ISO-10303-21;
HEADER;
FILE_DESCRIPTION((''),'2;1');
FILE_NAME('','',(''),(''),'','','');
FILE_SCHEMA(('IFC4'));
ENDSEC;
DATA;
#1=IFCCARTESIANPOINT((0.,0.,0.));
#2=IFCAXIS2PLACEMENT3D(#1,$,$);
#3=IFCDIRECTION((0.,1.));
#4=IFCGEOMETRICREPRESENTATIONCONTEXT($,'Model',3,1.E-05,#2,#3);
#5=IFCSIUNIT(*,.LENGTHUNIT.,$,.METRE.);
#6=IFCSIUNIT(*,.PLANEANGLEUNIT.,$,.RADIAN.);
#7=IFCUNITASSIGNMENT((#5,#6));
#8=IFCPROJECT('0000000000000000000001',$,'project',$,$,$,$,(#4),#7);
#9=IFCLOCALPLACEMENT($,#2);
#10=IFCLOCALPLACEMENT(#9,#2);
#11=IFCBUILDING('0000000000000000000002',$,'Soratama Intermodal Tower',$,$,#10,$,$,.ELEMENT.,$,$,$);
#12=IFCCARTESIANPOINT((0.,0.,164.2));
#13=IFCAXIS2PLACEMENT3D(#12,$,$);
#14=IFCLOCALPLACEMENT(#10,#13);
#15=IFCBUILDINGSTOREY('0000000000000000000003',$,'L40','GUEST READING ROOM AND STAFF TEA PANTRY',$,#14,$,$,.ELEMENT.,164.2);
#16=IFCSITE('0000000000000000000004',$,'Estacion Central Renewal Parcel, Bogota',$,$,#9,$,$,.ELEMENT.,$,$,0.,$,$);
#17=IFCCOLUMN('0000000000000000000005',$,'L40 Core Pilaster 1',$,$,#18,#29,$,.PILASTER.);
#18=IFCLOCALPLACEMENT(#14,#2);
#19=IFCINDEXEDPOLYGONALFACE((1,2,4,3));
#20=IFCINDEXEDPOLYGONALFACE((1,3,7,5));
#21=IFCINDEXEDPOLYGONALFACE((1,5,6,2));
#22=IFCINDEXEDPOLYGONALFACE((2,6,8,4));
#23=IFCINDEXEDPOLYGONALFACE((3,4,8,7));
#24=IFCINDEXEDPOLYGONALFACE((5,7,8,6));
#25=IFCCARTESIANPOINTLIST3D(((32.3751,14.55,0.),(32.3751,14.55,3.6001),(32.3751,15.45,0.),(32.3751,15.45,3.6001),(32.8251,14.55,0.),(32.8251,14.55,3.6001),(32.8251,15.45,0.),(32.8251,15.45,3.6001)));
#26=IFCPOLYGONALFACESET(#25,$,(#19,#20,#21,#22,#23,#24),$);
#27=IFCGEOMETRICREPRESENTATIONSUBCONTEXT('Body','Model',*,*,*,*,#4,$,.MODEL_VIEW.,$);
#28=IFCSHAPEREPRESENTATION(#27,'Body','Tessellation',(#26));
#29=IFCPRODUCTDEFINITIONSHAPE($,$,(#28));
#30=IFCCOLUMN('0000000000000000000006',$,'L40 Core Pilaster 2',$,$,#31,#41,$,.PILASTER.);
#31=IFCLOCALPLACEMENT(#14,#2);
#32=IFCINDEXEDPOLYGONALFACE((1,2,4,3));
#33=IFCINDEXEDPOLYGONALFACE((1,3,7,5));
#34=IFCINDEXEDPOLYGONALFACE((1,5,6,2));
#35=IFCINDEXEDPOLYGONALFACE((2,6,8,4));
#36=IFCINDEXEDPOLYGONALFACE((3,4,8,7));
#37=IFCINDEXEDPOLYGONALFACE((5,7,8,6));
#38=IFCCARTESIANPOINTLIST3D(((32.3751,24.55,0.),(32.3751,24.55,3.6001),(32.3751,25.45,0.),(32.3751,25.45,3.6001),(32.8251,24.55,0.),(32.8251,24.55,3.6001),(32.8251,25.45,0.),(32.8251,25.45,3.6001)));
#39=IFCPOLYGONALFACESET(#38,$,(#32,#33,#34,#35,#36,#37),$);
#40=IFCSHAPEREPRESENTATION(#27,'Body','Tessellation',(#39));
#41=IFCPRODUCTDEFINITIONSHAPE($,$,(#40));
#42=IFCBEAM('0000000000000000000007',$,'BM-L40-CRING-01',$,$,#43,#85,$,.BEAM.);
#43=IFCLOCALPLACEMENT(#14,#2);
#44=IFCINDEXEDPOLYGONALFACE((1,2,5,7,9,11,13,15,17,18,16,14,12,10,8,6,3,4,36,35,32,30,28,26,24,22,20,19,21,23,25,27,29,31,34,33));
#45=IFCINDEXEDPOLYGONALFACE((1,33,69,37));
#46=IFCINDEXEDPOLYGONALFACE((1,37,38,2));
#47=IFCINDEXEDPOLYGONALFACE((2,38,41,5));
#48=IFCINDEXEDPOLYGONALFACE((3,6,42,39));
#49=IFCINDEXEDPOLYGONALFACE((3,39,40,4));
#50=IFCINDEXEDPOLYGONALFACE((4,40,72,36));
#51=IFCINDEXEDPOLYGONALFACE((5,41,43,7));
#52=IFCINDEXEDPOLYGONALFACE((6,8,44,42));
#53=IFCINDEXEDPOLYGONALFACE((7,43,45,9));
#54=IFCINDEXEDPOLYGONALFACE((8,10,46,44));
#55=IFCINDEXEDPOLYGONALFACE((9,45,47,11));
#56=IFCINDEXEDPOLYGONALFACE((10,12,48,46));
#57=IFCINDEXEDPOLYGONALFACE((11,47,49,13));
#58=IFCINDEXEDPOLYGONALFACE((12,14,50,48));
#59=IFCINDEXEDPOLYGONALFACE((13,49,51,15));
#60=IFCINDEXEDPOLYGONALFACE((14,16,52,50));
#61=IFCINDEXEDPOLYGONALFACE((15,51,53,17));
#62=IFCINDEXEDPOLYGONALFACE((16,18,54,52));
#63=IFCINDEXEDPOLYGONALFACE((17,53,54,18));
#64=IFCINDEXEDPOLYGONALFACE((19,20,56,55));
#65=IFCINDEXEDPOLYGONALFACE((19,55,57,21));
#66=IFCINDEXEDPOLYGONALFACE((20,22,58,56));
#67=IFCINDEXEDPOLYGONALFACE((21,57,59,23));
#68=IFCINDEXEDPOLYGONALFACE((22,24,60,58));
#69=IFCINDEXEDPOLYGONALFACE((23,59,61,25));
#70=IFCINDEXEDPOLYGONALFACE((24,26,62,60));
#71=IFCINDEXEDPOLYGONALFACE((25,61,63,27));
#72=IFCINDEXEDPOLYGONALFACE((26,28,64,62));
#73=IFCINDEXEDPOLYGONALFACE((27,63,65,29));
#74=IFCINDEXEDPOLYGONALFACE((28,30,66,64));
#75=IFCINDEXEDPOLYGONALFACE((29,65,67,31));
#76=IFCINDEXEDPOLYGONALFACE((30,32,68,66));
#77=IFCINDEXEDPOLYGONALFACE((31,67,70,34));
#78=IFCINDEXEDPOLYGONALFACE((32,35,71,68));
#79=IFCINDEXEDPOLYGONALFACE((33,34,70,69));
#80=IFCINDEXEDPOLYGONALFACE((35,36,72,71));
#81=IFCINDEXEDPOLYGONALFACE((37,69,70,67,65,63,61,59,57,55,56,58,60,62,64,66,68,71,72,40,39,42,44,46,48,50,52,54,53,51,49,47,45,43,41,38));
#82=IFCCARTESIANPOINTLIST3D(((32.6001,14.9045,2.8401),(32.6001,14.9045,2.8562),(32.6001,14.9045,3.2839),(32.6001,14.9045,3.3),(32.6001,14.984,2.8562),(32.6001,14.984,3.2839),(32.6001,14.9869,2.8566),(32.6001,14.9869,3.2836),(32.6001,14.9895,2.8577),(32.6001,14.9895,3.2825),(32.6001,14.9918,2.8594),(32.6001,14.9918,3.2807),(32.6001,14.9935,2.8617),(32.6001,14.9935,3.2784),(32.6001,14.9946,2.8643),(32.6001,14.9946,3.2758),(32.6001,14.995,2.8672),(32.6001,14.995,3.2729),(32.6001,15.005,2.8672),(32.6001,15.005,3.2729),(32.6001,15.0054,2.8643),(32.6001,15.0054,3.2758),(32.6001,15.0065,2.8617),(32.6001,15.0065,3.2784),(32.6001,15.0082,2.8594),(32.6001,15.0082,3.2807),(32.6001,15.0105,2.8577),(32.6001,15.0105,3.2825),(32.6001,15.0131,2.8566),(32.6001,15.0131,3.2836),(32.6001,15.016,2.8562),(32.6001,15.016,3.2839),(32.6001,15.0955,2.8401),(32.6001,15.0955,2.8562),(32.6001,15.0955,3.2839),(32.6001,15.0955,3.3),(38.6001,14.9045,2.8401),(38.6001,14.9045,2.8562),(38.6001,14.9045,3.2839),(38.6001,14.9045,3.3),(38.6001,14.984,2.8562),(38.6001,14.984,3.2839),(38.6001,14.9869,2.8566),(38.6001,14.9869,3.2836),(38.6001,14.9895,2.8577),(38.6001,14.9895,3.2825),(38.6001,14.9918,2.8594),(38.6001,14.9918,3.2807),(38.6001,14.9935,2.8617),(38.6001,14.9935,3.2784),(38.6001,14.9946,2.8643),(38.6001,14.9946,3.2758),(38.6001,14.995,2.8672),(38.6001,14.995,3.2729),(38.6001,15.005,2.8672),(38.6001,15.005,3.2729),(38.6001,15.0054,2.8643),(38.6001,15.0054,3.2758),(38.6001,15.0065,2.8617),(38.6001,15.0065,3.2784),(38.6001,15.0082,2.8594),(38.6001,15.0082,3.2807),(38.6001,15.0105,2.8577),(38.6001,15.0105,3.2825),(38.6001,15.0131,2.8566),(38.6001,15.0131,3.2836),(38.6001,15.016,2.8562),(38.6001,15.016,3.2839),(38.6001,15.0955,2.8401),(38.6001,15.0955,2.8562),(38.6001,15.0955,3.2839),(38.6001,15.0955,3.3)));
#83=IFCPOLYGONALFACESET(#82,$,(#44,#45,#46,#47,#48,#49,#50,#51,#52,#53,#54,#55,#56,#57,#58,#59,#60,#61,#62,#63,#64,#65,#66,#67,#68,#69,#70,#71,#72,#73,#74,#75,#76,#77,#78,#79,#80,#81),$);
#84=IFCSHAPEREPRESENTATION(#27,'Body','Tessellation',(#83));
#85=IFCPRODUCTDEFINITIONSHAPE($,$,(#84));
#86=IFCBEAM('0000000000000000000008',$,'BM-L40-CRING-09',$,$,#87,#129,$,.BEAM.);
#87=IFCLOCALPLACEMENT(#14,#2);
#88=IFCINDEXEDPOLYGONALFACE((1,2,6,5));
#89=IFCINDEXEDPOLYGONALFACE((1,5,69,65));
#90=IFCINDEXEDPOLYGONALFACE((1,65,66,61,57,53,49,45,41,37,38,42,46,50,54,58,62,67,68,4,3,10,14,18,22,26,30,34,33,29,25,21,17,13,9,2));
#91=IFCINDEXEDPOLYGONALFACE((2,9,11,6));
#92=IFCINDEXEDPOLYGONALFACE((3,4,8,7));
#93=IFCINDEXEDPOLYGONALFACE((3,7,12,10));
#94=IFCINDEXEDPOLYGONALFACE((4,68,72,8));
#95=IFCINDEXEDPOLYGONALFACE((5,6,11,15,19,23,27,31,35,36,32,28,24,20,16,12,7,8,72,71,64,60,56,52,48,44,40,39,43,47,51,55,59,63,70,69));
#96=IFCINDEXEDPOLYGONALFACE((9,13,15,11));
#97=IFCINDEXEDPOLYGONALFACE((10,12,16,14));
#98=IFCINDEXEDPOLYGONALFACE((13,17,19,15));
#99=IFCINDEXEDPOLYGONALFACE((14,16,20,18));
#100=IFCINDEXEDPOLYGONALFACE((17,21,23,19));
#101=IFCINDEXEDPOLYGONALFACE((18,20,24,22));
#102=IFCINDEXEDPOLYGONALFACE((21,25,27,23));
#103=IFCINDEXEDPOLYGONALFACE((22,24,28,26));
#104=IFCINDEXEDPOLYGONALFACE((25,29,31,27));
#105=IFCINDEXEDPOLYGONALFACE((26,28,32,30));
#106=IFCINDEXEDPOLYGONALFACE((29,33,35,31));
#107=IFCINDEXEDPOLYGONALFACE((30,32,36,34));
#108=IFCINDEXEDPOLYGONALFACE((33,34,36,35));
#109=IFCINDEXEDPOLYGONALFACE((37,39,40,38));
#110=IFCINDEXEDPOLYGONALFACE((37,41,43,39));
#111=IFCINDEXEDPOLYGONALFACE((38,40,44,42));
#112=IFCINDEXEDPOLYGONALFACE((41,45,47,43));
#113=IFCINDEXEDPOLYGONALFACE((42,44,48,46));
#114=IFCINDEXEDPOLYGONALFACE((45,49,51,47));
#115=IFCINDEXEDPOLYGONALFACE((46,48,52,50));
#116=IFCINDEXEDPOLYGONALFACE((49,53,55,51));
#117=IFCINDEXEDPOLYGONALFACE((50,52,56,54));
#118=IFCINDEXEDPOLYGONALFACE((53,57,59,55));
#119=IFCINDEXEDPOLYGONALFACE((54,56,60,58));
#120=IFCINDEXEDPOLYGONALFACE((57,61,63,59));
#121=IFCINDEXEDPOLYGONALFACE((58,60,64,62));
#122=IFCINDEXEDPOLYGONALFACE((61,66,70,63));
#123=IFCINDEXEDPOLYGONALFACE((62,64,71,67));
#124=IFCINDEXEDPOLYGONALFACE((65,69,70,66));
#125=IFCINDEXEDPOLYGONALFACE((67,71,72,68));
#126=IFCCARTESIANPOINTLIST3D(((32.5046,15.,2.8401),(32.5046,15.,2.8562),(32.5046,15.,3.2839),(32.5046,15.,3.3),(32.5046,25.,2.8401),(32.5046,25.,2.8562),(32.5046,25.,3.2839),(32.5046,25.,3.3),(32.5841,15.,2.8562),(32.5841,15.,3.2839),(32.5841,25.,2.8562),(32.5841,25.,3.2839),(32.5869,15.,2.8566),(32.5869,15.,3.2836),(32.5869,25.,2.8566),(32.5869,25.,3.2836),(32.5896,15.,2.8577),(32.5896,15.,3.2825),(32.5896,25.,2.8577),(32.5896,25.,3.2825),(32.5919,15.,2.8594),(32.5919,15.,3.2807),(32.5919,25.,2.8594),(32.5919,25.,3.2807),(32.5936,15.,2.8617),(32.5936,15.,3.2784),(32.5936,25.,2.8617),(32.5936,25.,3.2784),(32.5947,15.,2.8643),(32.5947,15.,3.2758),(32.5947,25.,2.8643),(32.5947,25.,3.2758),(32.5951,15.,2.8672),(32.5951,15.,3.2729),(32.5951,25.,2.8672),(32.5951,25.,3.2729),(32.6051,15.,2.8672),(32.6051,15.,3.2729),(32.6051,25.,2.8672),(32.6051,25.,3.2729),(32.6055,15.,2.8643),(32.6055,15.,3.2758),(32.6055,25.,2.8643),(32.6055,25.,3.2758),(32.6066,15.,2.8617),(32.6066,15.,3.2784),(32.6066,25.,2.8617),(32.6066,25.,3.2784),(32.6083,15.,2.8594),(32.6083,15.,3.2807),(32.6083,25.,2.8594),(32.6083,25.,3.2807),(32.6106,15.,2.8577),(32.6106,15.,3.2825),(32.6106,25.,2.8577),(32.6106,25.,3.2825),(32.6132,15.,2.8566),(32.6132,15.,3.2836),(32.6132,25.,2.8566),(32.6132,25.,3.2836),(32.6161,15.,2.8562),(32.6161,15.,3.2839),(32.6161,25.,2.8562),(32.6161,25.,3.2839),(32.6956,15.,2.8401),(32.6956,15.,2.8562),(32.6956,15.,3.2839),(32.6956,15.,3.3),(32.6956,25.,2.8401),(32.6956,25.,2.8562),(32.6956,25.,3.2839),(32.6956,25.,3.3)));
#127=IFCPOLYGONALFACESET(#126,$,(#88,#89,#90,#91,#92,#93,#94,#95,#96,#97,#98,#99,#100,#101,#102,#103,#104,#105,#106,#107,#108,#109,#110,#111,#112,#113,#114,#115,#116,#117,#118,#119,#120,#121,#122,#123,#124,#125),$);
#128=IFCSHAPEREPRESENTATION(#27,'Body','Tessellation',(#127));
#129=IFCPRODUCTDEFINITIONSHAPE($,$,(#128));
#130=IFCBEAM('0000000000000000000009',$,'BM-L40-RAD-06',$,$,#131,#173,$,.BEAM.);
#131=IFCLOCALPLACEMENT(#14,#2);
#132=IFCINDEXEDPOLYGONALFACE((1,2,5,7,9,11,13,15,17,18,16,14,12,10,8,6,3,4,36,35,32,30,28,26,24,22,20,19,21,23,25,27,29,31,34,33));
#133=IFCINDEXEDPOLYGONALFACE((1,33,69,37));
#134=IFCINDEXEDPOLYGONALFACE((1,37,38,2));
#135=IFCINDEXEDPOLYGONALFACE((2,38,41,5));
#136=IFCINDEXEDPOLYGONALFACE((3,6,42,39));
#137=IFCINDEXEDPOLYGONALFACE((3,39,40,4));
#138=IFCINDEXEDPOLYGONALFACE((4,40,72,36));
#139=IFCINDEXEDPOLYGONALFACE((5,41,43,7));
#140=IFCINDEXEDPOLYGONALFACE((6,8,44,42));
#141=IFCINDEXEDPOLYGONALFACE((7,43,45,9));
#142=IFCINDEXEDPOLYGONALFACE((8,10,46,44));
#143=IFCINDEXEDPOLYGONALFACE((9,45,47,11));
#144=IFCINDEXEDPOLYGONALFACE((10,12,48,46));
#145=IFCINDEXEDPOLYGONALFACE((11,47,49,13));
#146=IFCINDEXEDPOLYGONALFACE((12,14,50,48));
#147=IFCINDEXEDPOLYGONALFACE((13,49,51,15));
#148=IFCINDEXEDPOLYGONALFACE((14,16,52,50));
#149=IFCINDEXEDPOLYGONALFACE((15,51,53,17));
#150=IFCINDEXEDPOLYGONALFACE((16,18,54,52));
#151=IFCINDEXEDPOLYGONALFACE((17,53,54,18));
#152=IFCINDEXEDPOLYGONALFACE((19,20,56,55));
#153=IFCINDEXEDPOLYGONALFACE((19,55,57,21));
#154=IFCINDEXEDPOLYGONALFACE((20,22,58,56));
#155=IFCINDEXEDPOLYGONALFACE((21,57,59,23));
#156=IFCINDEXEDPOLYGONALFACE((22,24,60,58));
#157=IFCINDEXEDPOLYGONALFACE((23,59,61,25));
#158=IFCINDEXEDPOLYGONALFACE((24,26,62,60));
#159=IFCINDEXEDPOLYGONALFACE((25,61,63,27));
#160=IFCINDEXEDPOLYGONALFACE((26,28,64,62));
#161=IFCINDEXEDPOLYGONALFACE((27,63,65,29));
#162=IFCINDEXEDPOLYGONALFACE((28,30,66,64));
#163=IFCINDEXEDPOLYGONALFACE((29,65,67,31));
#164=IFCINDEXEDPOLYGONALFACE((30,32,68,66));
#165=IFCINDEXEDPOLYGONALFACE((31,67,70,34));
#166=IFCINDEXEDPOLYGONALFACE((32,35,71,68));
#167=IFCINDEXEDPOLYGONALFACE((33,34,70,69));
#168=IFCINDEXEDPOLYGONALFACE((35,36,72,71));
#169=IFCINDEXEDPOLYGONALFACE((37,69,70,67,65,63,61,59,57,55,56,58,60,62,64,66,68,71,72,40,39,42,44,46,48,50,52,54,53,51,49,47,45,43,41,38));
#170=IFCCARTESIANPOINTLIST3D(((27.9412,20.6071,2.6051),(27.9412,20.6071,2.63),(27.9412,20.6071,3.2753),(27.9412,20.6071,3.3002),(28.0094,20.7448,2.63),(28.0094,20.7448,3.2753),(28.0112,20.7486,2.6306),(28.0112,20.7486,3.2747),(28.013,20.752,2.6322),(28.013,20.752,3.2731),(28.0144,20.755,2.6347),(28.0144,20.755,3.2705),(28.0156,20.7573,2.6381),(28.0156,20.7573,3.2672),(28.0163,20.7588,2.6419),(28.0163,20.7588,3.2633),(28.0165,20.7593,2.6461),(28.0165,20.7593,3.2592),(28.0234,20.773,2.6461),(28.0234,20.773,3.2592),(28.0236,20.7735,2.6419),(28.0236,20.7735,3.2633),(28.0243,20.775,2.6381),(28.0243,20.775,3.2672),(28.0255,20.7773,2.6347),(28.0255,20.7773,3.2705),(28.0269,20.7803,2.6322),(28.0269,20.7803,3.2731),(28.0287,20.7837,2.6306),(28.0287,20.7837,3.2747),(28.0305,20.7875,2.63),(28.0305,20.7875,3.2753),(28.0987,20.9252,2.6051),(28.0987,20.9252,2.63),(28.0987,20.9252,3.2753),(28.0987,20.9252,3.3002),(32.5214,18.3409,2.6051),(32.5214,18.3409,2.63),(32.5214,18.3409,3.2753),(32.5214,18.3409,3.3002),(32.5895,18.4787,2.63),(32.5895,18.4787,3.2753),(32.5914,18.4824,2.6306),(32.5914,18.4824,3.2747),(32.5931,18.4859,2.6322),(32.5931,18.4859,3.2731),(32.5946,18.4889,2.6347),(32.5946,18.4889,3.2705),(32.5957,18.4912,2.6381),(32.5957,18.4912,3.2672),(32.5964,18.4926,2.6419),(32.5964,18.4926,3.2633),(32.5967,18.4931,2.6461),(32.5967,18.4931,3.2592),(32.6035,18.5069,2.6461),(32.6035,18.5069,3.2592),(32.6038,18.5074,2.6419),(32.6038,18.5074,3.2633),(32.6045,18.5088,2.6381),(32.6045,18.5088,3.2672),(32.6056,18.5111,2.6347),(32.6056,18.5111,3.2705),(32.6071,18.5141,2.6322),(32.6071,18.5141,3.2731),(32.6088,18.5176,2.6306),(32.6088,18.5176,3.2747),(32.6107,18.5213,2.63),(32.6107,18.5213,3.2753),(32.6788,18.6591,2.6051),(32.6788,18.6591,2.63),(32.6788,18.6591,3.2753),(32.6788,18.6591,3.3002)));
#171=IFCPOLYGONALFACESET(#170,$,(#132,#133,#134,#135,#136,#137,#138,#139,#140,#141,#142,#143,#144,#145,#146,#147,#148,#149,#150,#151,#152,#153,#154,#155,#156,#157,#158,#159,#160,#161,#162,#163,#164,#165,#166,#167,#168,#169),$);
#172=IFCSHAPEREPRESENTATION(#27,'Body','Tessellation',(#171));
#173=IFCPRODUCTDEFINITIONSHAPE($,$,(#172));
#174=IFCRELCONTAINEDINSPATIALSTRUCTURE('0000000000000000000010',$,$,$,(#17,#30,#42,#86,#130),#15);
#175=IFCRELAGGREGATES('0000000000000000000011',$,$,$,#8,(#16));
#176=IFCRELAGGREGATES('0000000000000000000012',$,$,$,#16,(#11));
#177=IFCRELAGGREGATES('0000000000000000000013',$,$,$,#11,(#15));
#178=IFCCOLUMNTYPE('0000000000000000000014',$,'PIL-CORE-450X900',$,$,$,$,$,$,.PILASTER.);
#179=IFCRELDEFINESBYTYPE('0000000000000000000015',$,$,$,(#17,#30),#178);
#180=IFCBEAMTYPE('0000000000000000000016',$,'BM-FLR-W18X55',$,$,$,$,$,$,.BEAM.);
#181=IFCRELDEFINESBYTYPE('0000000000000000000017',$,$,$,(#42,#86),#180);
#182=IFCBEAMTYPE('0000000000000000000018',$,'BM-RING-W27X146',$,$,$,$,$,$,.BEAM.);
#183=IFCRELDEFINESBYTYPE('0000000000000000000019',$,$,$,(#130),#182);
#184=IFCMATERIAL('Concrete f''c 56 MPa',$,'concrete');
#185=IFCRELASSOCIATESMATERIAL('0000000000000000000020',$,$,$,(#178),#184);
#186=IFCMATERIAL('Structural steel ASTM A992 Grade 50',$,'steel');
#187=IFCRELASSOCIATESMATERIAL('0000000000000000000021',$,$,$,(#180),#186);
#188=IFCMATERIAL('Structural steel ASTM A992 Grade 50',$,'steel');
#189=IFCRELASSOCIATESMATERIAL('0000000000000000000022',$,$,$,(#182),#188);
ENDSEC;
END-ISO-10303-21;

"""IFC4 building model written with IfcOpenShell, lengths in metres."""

from ifc_helpers import new_model, si_unit, direction, frame, origin, origin_2d, place, context, subcontext, project, spatial, rectangle, i_section, extrude, material, material_profile, profile_set, type_object, element, save


model = new_model("IFC4")

# Units and contexts
model_context = context("Model", 3, precision=1e-05, world=origin(), true_north=direction((0.0, 1.0)))
body_context = subcontext(model_context, "Body", "Model", "MODEL_VIEW")
ifc_project = project(units=[si_unit("LENGTHUNIT", "METRE"), si_unit("PLANEANGLEUNIT", "RADIAN")], contexts=[model_context])

# Site, building, storey
site_placement = place(None, origin())
site = spatial("IfcSite", under=ifc_project, at=site_placement, Name="Estacion Central Renewal Parcel, Bogota", CompositionType="ELEMENT", RefElevation=0.0)
building_placement = place(site_placement, origin())
building = spatial("IfcBuilding", under=site, at=building_placement, Name="Soratama Intermodal Tower", CompositionType="ELEMENT")
storey_placement = place(building_placement, frame((0.0, 0.0, 164.2)))
storey = spatial("IfcBuildingStorey", under=building, at=storey_placement, Name="L40", Description="GUEST READING ROOM AND STAFF TEA PANTRY", CompositionType="ELEMENT", Elevation=164.2)

# Columns
ifc_material_1 = material(Name="Concrete f'c 56 MPa", Category="concrete")
ifc_material_profile_1 = material_profile(ifc_material_1, rectangle(XDim=0.45, YDim=0.8999, at=origin_2d()), Name="RC450X900")
ifc_profile_set_1 = profile_set([ifc_material_profile_1], Name="Concrete f'c 56 MPa")
column_type = type_object("IfcColumnType", Name="PIL-CORE-450X900", PredefinedType="PILASTER", material=ifc_profile_set_1)
for number, where, z_axis, x_axis, name in (
    (1, (32.6001, 15.0, 0.0), (0.0, 0.0, 1.0), (1.0, 0.0, 0.0), "L40 Core Pilaster 1"),
    (2, (32.6001, 25.0, 0.0), (0.0, 0.0, 1.0), (1.0, 0.0, 0.0), "L40 Core Pilaster 2"),
):
    element("IfcColumn", number, at=place(storey_placement, frame(where, z_axis=z_axis, x_axis=x_axis)), inside=storey, type_object=column_type, Name=name, PredefinedType="PILASTER", context=body_context, shape_type="SweptSolid", body=[
        extrude(rectangle(XDim=0.45, YDim=0.8999, at=origin_2d()), origin(), (0.0, 0.0, 1.0), 3.6001),
    ])

# Beams
ifc_material_2 = material(Name="Structural steel ASTM A992 Grade 50", Category="steel")
ifc_material_profile_2 = material_profile(ifc_material_2, i_section(OverallWidth=0.1909, OverallDepth=0.46, WebThickness=0.01, FlangeThickness=0.0161, FilletRadius=0.011, at=origin_2d()), Name="W18X55")
ifc_profile_set_2 = profile_set([ifc_material_profile_2], Name="Structural steel ASTM A992 Grade 50")
beam_type_1 = type_object("IfcBeamType", Name="BM-FLR-W18X55", PredefinedType="BEAM", material=ifc_profile_set_2)
beam_1_placement = place(storey_placement, frame((32.6001, 15.0, 3.0701), z_axis=(1.0, 0.0, 0.0), x_axis=(0.0, 1.0, 0.0)))
element("IfcBeam", 3, at=beam_1_placement, inside=storey, type_object=beam_type_1, Name="BM-L40-CRING-01", PredefinedType="BEAM", context=body_context, shape_type="SweptSolid", body=[
    extrude(i_section(OverallWidth=0.1909, OverallDepth=0.46, WebThickness=0.01, FlangeThickness=0.0161, FilletRadius=0.011, at=origin_2d()), origin(), (0.0, 0.0, 1.0), 6.0),
])
beam_2_placement = place(storey_placement, frame((32.6001, 25.0, 3.0701), z_axis=(0.0, -1.0, 0.0), x_axis=(1.0, 0.0, 0.0)))
element("IfcBeam", 4, at=beam_2_placement, inside=storey, type_object=beam_type_1, Name="BM-L40-CRING-09", PredefinedType="BEAM", context=body_context, shape_type="SweptSolid", body=[
    extrude(i_section(OverallWidth=0.1909, OverallDepth=0.46, WebThickness=0.01, FlangeThickness=0.0161, FilletRadius=0.011, at=origin_2d()), origin(), (0.0, 0.0, 1.0), 10.0),
])
ifc_material_3 = material(Name="Structural steel ASTM A992 Grade 50", Category="steel")
ifc_material_profile_3 = material_profile(ifc_material_3, i_section(OverallWidth=0.355, OverallDepth=0.6951, WebThickness=0.0154, FlangeThickness=0.0249, FilletRadius=0.0161, at=origin_2d()), Name="W27X146")
ifc_profile_set_3 = profile_set([ifc_material_profile_3], Name="Structural steel ASTM A992 Grade 50")
beam_type_2 = type_object("IfcBeamType", Name="BM-RING-W27X146", PredefinedType="BEAM", material=ifc_profile_set_3)
beam_3_placement = place(storey_placement, frame((32.6001, 18.5, 2.9526), z_axis=(-0.896292, 0.443464, 0.0), x_axis=(-0.443464, -0.896292, 0.0)))
element("IfcBeam", 5, at=beam_3_placement, inside=storey, type_object=beam_type_2, Name="BM-L40-RAD-06", PredefinedType="BEAM", context=body_context, shape_type="SweptSolid", body=[
    extrude(i_section(OverallWidth=0.355, OverallDepth=0.6951, WebThickness=0.0154, FlangeThickness=0.0249, FilletRadius=0.0161, at=origin_2d()), origin(), (0.0, 0.0, 1.0), 5.1101),
])

save(model, "model.ifc")
